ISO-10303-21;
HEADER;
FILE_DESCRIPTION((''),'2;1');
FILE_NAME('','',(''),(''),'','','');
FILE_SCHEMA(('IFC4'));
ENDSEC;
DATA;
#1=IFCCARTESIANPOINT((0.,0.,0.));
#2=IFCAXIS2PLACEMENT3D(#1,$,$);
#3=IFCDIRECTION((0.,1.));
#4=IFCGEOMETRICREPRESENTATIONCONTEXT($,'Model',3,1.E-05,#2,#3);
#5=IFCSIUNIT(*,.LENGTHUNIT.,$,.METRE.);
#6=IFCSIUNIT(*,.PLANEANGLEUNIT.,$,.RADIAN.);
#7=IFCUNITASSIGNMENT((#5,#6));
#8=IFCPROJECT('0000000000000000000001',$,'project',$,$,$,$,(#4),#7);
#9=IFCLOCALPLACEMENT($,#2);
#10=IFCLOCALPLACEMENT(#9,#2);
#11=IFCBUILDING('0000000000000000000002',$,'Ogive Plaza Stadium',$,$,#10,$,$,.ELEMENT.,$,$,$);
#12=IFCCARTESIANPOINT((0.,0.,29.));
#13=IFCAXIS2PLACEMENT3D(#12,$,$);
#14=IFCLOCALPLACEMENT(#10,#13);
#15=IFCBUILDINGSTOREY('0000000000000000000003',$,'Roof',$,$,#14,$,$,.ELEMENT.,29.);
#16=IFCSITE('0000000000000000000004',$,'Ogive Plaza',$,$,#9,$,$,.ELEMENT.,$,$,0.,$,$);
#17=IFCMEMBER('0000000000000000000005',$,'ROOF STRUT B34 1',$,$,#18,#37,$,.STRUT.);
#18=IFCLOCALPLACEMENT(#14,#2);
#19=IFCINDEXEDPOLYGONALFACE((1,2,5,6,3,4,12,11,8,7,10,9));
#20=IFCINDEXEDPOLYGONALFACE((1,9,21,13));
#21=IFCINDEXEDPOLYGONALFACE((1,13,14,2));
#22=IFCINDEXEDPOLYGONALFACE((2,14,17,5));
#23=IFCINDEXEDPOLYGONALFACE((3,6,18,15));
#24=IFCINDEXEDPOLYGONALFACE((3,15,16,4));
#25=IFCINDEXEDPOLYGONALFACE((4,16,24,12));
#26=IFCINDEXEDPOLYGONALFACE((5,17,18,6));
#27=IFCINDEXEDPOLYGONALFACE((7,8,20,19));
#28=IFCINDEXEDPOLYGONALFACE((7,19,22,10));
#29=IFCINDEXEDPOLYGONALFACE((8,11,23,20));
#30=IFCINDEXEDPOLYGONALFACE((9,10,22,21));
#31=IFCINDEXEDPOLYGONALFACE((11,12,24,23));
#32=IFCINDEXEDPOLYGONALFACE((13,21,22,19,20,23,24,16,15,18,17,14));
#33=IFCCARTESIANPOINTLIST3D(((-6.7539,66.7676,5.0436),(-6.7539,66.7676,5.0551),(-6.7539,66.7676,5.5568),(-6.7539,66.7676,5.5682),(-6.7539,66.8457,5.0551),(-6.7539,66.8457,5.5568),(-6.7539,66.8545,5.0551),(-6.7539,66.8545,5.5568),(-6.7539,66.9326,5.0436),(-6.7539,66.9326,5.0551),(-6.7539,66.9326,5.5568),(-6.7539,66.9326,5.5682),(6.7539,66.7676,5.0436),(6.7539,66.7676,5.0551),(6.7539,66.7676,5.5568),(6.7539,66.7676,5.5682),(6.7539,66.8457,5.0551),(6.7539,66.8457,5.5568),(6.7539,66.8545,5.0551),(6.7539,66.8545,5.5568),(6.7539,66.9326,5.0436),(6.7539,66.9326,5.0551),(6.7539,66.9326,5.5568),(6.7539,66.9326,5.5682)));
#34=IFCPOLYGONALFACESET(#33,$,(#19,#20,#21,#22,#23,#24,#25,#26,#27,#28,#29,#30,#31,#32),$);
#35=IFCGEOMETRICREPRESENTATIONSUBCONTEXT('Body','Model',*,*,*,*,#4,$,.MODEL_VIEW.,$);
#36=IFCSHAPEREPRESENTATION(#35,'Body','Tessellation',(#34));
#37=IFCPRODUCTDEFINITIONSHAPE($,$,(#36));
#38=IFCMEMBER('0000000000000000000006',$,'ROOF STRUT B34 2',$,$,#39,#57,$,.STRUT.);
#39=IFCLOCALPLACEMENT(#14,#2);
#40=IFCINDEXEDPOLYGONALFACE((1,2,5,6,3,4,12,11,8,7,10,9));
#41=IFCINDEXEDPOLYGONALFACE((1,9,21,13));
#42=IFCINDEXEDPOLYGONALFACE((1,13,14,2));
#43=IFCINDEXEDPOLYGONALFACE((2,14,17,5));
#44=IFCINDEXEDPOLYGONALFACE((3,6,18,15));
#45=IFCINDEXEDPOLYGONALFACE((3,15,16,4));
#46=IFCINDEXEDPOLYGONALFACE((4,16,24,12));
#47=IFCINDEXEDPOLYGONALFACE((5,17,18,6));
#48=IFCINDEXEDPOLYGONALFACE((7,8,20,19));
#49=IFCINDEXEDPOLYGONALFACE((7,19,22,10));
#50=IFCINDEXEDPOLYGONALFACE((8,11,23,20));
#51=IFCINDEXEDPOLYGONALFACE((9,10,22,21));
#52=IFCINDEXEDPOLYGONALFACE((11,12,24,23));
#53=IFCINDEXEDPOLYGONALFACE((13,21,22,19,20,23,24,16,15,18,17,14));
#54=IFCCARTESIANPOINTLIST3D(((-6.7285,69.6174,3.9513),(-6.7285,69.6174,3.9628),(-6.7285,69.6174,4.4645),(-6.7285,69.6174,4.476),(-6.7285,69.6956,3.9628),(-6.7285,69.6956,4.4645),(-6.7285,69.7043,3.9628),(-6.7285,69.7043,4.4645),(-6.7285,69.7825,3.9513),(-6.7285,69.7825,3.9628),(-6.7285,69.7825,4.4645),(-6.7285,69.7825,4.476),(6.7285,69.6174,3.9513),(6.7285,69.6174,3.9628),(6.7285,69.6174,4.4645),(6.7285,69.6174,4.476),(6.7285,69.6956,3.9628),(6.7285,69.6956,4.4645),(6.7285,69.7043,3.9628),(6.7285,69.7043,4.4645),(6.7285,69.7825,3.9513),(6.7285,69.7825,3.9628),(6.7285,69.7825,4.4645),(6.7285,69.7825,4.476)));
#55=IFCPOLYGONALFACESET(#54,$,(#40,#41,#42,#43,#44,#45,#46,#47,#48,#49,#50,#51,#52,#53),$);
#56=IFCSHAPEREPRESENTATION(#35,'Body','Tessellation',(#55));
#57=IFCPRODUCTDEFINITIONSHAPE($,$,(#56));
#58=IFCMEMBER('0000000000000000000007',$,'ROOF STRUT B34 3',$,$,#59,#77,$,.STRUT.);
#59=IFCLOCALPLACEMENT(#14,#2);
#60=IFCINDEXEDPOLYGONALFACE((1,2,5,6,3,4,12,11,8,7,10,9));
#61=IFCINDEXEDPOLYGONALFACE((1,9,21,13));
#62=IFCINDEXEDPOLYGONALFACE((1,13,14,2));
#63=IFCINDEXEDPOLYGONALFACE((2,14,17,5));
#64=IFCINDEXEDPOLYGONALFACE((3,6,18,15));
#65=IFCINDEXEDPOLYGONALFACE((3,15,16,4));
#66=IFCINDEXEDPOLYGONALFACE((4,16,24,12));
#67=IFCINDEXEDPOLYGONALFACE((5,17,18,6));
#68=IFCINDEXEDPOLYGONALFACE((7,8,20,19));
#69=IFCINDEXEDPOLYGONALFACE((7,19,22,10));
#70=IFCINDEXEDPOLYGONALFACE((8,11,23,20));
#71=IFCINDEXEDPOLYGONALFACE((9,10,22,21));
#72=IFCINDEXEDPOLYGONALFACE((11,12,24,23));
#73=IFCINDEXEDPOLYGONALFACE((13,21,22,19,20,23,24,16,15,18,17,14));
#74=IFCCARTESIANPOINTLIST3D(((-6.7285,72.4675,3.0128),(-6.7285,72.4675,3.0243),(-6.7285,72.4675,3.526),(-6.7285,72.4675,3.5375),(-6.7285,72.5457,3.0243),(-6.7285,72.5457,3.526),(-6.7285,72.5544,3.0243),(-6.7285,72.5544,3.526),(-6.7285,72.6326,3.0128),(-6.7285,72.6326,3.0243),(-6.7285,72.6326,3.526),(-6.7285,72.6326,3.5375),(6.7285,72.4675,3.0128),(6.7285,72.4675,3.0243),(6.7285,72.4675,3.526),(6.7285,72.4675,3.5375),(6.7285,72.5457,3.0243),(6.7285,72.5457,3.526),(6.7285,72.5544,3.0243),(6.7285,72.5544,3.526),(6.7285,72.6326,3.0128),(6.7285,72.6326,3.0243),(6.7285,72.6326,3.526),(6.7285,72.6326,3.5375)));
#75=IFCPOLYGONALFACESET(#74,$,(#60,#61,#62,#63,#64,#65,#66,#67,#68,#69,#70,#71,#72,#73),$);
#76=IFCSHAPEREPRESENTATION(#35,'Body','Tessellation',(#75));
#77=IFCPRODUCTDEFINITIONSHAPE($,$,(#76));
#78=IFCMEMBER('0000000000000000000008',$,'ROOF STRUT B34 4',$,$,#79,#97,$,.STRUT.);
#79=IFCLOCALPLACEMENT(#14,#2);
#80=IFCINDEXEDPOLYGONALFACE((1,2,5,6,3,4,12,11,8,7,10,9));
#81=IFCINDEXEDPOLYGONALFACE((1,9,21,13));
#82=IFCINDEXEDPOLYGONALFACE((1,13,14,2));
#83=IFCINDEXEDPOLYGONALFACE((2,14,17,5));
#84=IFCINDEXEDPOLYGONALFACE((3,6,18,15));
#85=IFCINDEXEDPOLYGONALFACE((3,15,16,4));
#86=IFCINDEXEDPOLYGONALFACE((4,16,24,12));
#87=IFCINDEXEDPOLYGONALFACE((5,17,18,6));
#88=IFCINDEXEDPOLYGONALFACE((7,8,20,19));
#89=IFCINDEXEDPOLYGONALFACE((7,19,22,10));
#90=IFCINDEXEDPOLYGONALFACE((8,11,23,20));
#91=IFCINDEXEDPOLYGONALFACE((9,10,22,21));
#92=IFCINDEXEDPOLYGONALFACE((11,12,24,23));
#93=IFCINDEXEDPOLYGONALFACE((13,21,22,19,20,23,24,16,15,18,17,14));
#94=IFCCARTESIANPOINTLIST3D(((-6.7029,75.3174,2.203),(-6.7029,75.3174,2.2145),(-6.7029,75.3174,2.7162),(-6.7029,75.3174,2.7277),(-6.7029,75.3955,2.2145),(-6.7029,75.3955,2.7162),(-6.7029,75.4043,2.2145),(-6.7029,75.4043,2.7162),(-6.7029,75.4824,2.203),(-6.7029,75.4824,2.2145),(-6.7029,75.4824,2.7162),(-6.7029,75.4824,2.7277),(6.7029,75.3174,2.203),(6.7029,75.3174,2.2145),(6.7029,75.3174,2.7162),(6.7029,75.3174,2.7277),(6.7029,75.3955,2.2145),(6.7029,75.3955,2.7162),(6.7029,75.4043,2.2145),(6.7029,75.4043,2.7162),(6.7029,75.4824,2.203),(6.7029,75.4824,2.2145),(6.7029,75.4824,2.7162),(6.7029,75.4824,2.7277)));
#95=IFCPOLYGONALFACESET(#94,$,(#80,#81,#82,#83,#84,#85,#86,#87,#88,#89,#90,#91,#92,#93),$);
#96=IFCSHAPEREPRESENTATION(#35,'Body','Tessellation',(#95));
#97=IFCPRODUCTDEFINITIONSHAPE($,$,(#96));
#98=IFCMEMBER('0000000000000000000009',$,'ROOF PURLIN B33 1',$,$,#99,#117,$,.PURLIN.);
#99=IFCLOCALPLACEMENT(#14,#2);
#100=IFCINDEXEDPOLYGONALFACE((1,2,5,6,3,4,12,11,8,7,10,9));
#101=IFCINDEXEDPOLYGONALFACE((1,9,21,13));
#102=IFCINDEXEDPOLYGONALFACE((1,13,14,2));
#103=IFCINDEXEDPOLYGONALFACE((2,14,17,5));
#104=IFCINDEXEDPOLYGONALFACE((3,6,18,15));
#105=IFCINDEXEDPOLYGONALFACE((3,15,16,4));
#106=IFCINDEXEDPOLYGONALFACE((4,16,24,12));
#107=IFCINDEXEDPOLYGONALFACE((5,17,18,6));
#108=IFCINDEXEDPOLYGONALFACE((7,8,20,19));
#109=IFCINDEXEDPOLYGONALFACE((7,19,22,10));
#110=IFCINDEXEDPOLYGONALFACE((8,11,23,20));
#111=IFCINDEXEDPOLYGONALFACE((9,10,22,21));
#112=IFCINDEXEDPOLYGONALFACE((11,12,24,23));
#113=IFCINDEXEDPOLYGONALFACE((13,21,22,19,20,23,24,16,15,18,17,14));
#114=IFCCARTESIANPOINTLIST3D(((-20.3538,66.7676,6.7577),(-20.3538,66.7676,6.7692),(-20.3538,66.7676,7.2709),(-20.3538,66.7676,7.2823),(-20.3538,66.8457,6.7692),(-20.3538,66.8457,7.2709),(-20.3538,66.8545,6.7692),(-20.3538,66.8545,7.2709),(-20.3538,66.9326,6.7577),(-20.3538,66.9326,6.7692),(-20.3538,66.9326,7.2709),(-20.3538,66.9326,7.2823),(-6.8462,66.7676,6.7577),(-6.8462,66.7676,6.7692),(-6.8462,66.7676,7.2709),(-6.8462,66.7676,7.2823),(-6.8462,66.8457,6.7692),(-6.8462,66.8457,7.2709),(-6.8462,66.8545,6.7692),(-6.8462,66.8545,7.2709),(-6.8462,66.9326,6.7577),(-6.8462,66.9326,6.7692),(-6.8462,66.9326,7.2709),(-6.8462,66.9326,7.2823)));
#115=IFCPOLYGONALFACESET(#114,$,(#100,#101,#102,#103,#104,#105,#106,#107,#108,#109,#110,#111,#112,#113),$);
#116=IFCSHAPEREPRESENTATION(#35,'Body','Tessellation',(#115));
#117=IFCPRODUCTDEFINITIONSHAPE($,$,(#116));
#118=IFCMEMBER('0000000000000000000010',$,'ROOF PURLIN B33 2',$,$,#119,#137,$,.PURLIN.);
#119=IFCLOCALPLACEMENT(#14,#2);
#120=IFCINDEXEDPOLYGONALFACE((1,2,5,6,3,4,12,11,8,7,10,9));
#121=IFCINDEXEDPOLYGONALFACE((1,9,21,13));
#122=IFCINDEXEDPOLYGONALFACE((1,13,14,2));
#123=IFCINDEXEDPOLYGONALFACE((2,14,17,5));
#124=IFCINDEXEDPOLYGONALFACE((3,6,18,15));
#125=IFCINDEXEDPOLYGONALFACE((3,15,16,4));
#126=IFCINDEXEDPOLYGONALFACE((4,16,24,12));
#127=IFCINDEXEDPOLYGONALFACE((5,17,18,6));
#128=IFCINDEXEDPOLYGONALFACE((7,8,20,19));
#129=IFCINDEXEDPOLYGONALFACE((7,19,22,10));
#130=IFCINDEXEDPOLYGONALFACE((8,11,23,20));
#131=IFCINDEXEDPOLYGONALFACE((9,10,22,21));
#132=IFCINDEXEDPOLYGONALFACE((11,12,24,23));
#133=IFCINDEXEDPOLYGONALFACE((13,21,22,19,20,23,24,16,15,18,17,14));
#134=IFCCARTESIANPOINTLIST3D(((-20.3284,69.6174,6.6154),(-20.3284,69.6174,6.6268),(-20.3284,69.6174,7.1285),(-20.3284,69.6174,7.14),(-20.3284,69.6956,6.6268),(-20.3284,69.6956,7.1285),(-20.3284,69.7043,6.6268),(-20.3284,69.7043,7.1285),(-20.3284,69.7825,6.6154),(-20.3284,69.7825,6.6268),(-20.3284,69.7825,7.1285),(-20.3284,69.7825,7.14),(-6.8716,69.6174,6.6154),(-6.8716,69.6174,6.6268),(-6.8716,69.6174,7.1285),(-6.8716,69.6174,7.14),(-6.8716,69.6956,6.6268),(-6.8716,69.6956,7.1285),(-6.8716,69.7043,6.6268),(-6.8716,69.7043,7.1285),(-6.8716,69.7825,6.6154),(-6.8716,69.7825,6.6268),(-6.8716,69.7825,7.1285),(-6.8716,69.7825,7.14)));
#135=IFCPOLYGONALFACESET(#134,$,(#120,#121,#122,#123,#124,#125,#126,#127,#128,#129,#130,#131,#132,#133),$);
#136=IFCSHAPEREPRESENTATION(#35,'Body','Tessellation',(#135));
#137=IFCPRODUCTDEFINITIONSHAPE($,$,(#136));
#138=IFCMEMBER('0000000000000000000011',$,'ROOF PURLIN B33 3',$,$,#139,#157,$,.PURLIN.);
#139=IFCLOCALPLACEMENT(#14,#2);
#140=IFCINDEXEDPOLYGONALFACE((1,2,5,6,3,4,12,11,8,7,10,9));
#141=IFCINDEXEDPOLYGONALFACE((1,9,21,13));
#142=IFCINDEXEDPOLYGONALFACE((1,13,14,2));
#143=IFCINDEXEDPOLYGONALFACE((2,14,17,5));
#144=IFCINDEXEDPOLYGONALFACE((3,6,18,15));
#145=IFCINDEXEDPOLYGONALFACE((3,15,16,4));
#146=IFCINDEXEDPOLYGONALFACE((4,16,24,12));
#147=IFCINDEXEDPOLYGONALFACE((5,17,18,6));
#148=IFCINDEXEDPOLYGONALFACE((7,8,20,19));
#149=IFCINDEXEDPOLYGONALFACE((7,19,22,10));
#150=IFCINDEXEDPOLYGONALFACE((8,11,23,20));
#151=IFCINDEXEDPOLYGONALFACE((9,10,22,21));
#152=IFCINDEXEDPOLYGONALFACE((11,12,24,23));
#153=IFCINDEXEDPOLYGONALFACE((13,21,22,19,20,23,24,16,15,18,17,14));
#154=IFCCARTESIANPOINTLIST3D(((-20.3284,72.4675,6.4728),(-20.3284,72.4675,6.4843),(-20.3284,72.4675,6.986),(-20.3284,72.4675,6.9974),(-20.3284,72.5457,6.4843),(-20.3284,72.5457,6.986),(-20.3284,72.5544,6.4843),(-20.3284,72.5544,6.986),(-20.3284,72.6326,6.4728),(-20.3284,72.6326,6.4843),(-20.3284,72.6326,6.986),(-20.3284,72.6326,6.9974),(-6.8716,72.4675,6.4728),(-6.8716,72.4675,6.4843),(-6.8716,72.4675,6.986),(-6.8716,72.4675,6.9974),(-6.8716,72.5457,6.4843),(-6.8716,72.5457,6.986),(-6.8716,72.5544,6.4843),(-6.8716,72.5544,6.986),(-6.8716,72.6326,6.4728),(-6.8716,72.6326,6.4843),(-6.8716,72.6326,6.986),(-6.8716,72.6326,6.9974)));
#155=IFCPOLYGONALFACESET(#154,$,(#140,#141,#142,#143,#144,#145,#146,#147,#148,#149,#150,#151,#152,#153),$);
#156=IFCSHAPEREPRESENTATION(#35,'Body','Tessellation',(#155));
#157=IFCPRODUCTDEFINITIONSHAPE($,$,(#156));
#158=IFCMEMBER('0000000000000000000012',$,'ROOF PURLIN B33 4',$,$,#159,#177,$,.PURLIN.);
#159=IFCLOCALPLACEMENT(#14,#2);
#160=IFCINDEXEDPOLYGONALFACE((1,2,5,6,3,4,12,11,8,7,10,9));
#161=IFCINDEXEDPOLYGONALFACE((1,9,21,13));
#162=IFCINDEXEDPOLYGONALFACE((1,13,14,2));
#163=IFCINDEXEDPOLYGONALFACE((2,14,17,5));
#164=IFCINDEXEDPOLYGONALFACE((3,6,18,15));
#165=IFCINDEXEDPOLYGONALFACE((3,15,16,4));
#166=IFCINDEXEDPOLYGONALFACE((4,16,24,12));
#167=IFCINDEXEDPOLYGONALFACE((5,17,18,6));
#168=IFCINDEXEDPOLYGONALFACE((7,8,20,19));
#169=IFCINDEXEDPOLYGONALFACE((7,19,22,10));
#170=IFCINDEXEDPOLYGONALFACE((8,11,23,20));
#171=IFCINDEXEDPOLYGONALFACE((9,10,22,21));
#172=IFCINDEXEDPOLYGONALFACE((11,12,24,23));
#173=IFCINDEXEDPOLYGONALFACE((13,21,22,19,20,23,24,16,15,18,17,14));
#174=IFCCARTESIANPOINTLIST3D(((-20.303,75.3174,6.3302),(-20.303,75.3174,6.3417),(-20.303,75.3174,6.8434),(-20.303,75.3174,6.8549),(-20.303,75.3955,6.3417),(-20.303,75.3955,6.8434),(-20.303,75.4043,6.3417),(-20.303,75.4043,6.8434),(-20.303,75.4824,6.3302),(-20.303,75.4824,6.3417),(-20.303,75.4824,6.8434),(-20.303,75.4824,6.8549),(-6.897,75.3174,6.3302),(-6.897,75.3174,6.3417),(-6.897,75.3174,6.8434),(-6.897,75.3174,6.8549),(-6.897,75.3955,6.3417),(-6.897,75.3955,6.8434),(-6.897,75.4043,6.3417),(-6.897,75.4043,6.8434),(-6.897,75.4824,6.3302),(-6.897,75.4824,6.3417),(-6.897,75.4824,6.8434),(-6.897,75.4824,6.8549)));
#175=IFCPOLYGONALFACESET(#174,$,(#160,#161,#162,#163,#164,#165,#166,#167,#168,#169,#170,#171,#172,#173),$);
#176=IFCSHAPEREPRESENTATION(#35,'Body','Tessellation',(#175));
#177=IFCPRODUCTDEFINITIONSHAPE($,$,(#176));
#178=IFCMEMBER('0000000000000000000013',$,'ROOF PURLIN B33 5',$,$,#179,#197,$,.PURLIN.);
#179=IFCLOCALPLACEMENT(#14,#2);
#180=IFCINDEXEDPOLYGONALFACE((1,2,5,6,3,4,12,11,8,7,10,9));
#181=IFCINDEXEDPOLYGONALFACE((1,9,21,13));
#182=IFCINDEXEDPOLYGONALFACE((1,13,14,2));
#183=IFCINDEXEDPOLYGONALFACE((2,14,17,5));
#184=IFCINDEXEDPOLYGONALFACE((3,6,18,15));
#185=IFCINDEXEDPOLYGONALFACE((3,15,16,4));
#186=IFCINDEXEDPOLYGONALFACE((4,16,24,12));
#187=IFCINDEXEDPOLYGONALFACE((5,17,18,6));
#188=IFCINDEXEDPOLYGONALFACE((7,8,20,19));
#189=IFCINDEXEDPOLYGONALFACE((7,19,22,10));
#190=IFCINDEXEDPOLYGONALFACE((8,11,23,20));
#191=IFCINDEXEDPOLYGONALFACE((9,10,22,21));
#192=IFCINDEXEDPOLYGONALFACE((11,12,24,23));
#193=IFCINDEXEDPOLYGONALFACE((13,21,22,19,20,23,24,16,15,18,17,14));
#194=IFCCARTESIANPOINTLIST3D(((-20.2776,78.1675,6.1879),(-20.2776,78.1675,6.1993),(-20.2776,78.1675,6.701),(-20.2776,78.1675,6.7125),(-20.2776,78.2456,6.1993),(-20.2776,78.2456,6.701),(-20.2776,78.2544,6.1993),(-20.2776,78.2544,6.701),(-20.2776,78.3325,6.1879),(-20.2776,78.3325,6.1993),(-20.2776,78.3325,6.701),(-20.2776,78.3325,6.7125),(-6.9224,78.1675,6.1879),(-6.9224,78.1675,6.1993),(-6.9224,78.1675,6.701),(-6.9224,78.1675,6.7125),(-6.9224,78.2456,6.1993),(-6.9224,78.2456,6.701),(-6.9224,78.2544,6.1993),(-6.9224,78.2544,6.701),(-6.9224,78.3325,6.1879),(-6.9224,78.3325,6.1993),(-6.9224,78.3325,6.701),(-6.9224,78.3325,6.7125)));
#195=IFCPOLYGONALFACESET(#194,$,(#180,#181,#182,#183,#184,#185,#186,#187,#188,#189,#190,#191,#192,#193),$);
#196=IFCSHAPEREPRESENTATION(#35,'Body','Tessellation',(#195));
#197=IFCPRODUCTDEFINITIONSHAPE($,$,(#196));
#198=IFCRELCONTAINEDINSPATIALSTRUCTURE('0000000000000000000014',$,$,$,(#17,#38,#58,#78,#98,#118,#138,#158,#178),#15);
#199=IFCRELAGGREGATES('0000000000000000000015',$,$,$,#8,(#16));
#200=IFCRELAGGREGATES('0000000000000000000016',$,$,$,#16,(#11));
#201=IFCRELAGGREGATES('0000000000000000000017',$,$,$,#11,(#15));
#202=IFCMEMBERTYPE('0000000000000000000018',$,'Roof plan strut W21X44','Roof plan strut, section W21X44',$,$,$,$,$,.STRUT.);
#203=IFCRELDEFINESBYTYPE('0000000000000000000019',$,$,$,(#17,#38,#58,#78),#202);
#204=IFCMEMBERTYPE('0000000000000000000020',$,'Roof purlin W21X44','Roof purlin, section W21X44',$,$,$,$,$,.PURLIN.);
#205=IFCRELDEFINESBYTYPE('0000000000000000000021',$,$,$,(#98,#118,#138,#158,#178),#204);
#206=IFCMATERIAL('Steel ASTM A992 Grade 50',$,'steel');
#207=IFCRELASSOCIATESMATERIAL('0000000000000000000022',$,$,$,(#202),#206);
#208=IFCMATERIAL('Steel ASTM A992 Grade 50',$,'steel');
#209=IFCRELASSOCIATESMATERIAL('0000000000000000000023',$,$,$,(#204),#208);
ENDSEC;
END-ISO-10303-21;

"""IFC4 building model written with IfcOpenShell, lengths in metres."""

from ifc_helpers import new_model, si_unit, direction, frame, origin, origin_2d, place, context, subcontext, project, spatial, i_section, extrude, material, material_profile, profile_set, type_object, element, save


model = new_model("IFC4")

# Units and contexts
model_context = context("Model", 3, precision=1e-05, world=origin(), true_north=direction((0.0, 1.0)))
body_context = subcontext(model_context, "Body", "Model", "MODEL_VIEW")
ifc_project = project(units=[si_unit("LENGTHUNIT", "METRE"), si_unit("PLANEANGLEUNIT", "RADIAN")], contexts=[model_context])

# Site, building, storey
site_placement = place(None, origin())
site = spatial("IfcSite", under=ifc_project, at=site_placement, Name="Ogive Plaza", CompositionType="ELEMENT", RefElevation=0.0)
building_placement = place(site_placement, origin())
building = spatial("IfcBuilding", under=site, at=building_placement, Name="Ogive Plaza Stadium", CompositionType="ELEMENT")
storey_placement = place(building_placement, frame((0.0, 0.0, 29.0)))
storey = spatial("IfcBuildingStorey", under=building, at=storey_placement, Name="Roof", CompositionType="ELEMENT", Elevation=29.0)

# Members
ifc_material_1 = material(Name="Steel ASTM A992 Grade 50", Category="steel")
ifc_material_profile_1 = material_profile(ifc_material_1, i_section(OverallWidth=0.165, OverallDepth=0.5247, WebThickness=0.0088, FlangeThickness=0.0115, at=origin_2d()), Name="W21X44")
ifc_profile_set_1 = profile_set([ifc_material_profile_1], Name="Steel ASTM A992 Grade 50")
member_type_1 = type_object("IfcMemberType", Name="Roof plan strut W21X44", Description="Roof plan strut, section W21X44", PredefinedType="STRUT", material=ifc_profile_set_1)
member_1_placement = place(storey_placement, frame((-6.7539, 66.8501, 5.3059), z_axis=(1.0, 0.0, 0.0), x_axis=(0.0, 1.0, 0.0)))
element("IfcMember", 1, at=member_1_placement, inside=storey, type_object=member_type_1, Name="ROOF STRUT B34 1", PredefinedType="STRUT", context=body_context, shape_type="SweptSolid", body=[
    extrude(i_section(OverallWidth=0.165, OverallDepth=0.5247, WebThickness=0.0088, FlangeThickness=0.0115, at=origin_2d()), origin(), (0.0, 0.0, 1.0), 13.5078),
])
for number, where, z_axis, x_axis, name in (
    (2, (-6.7285, 69.7, 4.2136), (1.0, 0.0, 0.0), (0.0, 1.0, 0.0), "ROOF STRUT B34 2"),
    (3, (-6.7285, 72.55, 3.2751), (1.0, 0.0, 0.0), (0.0, 1.0, 0.0), "ROOF STRUT B34 3"),
):
    element("IfcMember", number, at=place(storey_placement, frame(where, z_axis=z_axis, x_axis=x_axis)), inside=storey, type_object=member_type_1, Name=name, PredefinedType="STRUT", context=body_context, shape_type="SweptSolid", body=[
        extrude(i_section(OverallWidth=0.165, OverallDepth=0.5247, WebThickness=0.0088, FlangeThickness=0.0115, at=origin_2d()), origin(), (0.0, 0.0, 1.0), 13.457),
    ])
member_2_placement = place(storey_placement, frame((-6.7029, 75.3999, 2.4653), z_axis=(1.0, 0.0, 0.0), x_axis=(0.0, 1.0, 0.0)))
element("IfcMember", 4, at=member_2_placement, inside=storey, type_object=member_type_1, Name="ROOF STRUT B34 4", PredefinedType="STRUT", context=body_context, shape_type="SweptSolid", body=[
    extrude(i_section(OverallWidth=0.165, OverallDepth=0.5247, WebThickness=0.0088, FlangeThickness=0.0115, at=origin_2d()), origin(), (0.0, 0.0, 1.0), 13.4058),
])
ifc_material_2 = material(Name="Steel ASTM A992 Grade 50", Category="steel")
ifc_material_profile_2 = material_profile(ifc_material_2, i_section(OverallWidth=0.165, OverallDepth=0.5247, WebThickness=0.0088, FlangeThickness=0.0115, at=origin_2d()), Name="W21X44")
ifc_profile_set_2 = profile_set([ifc_material_profile_2], Name="Steel ASTM A992 Grade 50")
member_type_2 = type_object("IfcMemberType", Name="Roof purlin W21X44", Description="Roof purlin, section W21X44", PredefinedType="PURLIN", material=ifc_profile_set_2)
member_3_placement = place(storey_placement, frame((-20.3538, 66.8501, 7.02), z_axis=(1.0, 0.0, 0.0), x_axis=(0.0, 1.0, 0.0)))
element("IfcMember", 5, at=member_3_placement, inside=storey, type_object=member_type_2, Name="ROOF PURLIN B33 1", PredefinedType="PURLIN", context=body_context, shape_type="SweptSolid", body=[
    extrude(i_section(OverallWidth=0.165, OverallDepth=0.5247, WebThickness=0.0088, FlangeThickness=0.0115, at=origin_2d()), origin(), (0.0, 0.0, 1.0), 13.5076),
])
for number, where, z_axis, x_axis, name in (
    (6, (-20.3284, 69.7, 6.8777), (1.0, 0.0, 0.0), (0.0, 1.0, 0.0), "ROOF PURLIN B33 2"),
    (7, (-20.3284, 72.55, 6.7351), (1.0, 0.0, 0.0), (0.0, 1.0, 0.0), "ROOF PURLIN B33 3"),
):
    element("IfcMember", number, at=place(storey_placement, frame(where, z_axis=z_axis, x_axis=x_axis)), inside=storey, type_object=member_type_2, Name=name, PredefinedType="PURLIN", context=body_context, shape_type="SweptSolid", body=[
        extrude(i_section(OverallWidth=0.165, OverallDepth=0.5247, WebThickness=0.0088, FlangeThickness=0.0115, at=origin_2d()), origin(), (0.0, 0.0, 1.0), 13.4568),
    ])
member_4_placement = place(storey_placement, frame((-20.303, 75.3999, 6.5925), z_axis=(1.0, 0.0, 0.0), x_axis=(0.0, 1.0, 0.0)))
element("IfcMember", 8, at=member_4_placement, inside=storey, type_object=member_type_2, Name="ROOF PURLIN B33 4", PredefinedType="PURLIN", context=body_context, shape_type="SweptSolid", body=[
    extrude(i_section(OverallWidth=0.165, OverallDepth=0.5247, WebThickness=0.0088, FlangeThickness=0.0115, at=origin_2d()), origin(), (0.0, 0.0, 1.0), 13.406),
])
member_5_placement = place(storey_placement, frame((-20.2776, 78.25, 6.4502), z_axis=(1.0, 0.0, 0.0), x_axis=(0.0, 1.0, 0.0)))
element("IfcMember", 9, at=member_5_placement, inside=storey, type_object=member_type_2, Name="ROOF PURLIN B33 5", PredefinedType="PURLIN", context=body_context, shape_type="SweptSolid", body=[
    extrude(i_section(OverallWidth=0.165, OverallDepth=0.5247, WebThickness=0.0088, FlangeThickness=0.0115, at=origin_2d()), origin(), (0.0, 0.0, 1.0), 13.3552),
])

save(model, "model.ifc")
